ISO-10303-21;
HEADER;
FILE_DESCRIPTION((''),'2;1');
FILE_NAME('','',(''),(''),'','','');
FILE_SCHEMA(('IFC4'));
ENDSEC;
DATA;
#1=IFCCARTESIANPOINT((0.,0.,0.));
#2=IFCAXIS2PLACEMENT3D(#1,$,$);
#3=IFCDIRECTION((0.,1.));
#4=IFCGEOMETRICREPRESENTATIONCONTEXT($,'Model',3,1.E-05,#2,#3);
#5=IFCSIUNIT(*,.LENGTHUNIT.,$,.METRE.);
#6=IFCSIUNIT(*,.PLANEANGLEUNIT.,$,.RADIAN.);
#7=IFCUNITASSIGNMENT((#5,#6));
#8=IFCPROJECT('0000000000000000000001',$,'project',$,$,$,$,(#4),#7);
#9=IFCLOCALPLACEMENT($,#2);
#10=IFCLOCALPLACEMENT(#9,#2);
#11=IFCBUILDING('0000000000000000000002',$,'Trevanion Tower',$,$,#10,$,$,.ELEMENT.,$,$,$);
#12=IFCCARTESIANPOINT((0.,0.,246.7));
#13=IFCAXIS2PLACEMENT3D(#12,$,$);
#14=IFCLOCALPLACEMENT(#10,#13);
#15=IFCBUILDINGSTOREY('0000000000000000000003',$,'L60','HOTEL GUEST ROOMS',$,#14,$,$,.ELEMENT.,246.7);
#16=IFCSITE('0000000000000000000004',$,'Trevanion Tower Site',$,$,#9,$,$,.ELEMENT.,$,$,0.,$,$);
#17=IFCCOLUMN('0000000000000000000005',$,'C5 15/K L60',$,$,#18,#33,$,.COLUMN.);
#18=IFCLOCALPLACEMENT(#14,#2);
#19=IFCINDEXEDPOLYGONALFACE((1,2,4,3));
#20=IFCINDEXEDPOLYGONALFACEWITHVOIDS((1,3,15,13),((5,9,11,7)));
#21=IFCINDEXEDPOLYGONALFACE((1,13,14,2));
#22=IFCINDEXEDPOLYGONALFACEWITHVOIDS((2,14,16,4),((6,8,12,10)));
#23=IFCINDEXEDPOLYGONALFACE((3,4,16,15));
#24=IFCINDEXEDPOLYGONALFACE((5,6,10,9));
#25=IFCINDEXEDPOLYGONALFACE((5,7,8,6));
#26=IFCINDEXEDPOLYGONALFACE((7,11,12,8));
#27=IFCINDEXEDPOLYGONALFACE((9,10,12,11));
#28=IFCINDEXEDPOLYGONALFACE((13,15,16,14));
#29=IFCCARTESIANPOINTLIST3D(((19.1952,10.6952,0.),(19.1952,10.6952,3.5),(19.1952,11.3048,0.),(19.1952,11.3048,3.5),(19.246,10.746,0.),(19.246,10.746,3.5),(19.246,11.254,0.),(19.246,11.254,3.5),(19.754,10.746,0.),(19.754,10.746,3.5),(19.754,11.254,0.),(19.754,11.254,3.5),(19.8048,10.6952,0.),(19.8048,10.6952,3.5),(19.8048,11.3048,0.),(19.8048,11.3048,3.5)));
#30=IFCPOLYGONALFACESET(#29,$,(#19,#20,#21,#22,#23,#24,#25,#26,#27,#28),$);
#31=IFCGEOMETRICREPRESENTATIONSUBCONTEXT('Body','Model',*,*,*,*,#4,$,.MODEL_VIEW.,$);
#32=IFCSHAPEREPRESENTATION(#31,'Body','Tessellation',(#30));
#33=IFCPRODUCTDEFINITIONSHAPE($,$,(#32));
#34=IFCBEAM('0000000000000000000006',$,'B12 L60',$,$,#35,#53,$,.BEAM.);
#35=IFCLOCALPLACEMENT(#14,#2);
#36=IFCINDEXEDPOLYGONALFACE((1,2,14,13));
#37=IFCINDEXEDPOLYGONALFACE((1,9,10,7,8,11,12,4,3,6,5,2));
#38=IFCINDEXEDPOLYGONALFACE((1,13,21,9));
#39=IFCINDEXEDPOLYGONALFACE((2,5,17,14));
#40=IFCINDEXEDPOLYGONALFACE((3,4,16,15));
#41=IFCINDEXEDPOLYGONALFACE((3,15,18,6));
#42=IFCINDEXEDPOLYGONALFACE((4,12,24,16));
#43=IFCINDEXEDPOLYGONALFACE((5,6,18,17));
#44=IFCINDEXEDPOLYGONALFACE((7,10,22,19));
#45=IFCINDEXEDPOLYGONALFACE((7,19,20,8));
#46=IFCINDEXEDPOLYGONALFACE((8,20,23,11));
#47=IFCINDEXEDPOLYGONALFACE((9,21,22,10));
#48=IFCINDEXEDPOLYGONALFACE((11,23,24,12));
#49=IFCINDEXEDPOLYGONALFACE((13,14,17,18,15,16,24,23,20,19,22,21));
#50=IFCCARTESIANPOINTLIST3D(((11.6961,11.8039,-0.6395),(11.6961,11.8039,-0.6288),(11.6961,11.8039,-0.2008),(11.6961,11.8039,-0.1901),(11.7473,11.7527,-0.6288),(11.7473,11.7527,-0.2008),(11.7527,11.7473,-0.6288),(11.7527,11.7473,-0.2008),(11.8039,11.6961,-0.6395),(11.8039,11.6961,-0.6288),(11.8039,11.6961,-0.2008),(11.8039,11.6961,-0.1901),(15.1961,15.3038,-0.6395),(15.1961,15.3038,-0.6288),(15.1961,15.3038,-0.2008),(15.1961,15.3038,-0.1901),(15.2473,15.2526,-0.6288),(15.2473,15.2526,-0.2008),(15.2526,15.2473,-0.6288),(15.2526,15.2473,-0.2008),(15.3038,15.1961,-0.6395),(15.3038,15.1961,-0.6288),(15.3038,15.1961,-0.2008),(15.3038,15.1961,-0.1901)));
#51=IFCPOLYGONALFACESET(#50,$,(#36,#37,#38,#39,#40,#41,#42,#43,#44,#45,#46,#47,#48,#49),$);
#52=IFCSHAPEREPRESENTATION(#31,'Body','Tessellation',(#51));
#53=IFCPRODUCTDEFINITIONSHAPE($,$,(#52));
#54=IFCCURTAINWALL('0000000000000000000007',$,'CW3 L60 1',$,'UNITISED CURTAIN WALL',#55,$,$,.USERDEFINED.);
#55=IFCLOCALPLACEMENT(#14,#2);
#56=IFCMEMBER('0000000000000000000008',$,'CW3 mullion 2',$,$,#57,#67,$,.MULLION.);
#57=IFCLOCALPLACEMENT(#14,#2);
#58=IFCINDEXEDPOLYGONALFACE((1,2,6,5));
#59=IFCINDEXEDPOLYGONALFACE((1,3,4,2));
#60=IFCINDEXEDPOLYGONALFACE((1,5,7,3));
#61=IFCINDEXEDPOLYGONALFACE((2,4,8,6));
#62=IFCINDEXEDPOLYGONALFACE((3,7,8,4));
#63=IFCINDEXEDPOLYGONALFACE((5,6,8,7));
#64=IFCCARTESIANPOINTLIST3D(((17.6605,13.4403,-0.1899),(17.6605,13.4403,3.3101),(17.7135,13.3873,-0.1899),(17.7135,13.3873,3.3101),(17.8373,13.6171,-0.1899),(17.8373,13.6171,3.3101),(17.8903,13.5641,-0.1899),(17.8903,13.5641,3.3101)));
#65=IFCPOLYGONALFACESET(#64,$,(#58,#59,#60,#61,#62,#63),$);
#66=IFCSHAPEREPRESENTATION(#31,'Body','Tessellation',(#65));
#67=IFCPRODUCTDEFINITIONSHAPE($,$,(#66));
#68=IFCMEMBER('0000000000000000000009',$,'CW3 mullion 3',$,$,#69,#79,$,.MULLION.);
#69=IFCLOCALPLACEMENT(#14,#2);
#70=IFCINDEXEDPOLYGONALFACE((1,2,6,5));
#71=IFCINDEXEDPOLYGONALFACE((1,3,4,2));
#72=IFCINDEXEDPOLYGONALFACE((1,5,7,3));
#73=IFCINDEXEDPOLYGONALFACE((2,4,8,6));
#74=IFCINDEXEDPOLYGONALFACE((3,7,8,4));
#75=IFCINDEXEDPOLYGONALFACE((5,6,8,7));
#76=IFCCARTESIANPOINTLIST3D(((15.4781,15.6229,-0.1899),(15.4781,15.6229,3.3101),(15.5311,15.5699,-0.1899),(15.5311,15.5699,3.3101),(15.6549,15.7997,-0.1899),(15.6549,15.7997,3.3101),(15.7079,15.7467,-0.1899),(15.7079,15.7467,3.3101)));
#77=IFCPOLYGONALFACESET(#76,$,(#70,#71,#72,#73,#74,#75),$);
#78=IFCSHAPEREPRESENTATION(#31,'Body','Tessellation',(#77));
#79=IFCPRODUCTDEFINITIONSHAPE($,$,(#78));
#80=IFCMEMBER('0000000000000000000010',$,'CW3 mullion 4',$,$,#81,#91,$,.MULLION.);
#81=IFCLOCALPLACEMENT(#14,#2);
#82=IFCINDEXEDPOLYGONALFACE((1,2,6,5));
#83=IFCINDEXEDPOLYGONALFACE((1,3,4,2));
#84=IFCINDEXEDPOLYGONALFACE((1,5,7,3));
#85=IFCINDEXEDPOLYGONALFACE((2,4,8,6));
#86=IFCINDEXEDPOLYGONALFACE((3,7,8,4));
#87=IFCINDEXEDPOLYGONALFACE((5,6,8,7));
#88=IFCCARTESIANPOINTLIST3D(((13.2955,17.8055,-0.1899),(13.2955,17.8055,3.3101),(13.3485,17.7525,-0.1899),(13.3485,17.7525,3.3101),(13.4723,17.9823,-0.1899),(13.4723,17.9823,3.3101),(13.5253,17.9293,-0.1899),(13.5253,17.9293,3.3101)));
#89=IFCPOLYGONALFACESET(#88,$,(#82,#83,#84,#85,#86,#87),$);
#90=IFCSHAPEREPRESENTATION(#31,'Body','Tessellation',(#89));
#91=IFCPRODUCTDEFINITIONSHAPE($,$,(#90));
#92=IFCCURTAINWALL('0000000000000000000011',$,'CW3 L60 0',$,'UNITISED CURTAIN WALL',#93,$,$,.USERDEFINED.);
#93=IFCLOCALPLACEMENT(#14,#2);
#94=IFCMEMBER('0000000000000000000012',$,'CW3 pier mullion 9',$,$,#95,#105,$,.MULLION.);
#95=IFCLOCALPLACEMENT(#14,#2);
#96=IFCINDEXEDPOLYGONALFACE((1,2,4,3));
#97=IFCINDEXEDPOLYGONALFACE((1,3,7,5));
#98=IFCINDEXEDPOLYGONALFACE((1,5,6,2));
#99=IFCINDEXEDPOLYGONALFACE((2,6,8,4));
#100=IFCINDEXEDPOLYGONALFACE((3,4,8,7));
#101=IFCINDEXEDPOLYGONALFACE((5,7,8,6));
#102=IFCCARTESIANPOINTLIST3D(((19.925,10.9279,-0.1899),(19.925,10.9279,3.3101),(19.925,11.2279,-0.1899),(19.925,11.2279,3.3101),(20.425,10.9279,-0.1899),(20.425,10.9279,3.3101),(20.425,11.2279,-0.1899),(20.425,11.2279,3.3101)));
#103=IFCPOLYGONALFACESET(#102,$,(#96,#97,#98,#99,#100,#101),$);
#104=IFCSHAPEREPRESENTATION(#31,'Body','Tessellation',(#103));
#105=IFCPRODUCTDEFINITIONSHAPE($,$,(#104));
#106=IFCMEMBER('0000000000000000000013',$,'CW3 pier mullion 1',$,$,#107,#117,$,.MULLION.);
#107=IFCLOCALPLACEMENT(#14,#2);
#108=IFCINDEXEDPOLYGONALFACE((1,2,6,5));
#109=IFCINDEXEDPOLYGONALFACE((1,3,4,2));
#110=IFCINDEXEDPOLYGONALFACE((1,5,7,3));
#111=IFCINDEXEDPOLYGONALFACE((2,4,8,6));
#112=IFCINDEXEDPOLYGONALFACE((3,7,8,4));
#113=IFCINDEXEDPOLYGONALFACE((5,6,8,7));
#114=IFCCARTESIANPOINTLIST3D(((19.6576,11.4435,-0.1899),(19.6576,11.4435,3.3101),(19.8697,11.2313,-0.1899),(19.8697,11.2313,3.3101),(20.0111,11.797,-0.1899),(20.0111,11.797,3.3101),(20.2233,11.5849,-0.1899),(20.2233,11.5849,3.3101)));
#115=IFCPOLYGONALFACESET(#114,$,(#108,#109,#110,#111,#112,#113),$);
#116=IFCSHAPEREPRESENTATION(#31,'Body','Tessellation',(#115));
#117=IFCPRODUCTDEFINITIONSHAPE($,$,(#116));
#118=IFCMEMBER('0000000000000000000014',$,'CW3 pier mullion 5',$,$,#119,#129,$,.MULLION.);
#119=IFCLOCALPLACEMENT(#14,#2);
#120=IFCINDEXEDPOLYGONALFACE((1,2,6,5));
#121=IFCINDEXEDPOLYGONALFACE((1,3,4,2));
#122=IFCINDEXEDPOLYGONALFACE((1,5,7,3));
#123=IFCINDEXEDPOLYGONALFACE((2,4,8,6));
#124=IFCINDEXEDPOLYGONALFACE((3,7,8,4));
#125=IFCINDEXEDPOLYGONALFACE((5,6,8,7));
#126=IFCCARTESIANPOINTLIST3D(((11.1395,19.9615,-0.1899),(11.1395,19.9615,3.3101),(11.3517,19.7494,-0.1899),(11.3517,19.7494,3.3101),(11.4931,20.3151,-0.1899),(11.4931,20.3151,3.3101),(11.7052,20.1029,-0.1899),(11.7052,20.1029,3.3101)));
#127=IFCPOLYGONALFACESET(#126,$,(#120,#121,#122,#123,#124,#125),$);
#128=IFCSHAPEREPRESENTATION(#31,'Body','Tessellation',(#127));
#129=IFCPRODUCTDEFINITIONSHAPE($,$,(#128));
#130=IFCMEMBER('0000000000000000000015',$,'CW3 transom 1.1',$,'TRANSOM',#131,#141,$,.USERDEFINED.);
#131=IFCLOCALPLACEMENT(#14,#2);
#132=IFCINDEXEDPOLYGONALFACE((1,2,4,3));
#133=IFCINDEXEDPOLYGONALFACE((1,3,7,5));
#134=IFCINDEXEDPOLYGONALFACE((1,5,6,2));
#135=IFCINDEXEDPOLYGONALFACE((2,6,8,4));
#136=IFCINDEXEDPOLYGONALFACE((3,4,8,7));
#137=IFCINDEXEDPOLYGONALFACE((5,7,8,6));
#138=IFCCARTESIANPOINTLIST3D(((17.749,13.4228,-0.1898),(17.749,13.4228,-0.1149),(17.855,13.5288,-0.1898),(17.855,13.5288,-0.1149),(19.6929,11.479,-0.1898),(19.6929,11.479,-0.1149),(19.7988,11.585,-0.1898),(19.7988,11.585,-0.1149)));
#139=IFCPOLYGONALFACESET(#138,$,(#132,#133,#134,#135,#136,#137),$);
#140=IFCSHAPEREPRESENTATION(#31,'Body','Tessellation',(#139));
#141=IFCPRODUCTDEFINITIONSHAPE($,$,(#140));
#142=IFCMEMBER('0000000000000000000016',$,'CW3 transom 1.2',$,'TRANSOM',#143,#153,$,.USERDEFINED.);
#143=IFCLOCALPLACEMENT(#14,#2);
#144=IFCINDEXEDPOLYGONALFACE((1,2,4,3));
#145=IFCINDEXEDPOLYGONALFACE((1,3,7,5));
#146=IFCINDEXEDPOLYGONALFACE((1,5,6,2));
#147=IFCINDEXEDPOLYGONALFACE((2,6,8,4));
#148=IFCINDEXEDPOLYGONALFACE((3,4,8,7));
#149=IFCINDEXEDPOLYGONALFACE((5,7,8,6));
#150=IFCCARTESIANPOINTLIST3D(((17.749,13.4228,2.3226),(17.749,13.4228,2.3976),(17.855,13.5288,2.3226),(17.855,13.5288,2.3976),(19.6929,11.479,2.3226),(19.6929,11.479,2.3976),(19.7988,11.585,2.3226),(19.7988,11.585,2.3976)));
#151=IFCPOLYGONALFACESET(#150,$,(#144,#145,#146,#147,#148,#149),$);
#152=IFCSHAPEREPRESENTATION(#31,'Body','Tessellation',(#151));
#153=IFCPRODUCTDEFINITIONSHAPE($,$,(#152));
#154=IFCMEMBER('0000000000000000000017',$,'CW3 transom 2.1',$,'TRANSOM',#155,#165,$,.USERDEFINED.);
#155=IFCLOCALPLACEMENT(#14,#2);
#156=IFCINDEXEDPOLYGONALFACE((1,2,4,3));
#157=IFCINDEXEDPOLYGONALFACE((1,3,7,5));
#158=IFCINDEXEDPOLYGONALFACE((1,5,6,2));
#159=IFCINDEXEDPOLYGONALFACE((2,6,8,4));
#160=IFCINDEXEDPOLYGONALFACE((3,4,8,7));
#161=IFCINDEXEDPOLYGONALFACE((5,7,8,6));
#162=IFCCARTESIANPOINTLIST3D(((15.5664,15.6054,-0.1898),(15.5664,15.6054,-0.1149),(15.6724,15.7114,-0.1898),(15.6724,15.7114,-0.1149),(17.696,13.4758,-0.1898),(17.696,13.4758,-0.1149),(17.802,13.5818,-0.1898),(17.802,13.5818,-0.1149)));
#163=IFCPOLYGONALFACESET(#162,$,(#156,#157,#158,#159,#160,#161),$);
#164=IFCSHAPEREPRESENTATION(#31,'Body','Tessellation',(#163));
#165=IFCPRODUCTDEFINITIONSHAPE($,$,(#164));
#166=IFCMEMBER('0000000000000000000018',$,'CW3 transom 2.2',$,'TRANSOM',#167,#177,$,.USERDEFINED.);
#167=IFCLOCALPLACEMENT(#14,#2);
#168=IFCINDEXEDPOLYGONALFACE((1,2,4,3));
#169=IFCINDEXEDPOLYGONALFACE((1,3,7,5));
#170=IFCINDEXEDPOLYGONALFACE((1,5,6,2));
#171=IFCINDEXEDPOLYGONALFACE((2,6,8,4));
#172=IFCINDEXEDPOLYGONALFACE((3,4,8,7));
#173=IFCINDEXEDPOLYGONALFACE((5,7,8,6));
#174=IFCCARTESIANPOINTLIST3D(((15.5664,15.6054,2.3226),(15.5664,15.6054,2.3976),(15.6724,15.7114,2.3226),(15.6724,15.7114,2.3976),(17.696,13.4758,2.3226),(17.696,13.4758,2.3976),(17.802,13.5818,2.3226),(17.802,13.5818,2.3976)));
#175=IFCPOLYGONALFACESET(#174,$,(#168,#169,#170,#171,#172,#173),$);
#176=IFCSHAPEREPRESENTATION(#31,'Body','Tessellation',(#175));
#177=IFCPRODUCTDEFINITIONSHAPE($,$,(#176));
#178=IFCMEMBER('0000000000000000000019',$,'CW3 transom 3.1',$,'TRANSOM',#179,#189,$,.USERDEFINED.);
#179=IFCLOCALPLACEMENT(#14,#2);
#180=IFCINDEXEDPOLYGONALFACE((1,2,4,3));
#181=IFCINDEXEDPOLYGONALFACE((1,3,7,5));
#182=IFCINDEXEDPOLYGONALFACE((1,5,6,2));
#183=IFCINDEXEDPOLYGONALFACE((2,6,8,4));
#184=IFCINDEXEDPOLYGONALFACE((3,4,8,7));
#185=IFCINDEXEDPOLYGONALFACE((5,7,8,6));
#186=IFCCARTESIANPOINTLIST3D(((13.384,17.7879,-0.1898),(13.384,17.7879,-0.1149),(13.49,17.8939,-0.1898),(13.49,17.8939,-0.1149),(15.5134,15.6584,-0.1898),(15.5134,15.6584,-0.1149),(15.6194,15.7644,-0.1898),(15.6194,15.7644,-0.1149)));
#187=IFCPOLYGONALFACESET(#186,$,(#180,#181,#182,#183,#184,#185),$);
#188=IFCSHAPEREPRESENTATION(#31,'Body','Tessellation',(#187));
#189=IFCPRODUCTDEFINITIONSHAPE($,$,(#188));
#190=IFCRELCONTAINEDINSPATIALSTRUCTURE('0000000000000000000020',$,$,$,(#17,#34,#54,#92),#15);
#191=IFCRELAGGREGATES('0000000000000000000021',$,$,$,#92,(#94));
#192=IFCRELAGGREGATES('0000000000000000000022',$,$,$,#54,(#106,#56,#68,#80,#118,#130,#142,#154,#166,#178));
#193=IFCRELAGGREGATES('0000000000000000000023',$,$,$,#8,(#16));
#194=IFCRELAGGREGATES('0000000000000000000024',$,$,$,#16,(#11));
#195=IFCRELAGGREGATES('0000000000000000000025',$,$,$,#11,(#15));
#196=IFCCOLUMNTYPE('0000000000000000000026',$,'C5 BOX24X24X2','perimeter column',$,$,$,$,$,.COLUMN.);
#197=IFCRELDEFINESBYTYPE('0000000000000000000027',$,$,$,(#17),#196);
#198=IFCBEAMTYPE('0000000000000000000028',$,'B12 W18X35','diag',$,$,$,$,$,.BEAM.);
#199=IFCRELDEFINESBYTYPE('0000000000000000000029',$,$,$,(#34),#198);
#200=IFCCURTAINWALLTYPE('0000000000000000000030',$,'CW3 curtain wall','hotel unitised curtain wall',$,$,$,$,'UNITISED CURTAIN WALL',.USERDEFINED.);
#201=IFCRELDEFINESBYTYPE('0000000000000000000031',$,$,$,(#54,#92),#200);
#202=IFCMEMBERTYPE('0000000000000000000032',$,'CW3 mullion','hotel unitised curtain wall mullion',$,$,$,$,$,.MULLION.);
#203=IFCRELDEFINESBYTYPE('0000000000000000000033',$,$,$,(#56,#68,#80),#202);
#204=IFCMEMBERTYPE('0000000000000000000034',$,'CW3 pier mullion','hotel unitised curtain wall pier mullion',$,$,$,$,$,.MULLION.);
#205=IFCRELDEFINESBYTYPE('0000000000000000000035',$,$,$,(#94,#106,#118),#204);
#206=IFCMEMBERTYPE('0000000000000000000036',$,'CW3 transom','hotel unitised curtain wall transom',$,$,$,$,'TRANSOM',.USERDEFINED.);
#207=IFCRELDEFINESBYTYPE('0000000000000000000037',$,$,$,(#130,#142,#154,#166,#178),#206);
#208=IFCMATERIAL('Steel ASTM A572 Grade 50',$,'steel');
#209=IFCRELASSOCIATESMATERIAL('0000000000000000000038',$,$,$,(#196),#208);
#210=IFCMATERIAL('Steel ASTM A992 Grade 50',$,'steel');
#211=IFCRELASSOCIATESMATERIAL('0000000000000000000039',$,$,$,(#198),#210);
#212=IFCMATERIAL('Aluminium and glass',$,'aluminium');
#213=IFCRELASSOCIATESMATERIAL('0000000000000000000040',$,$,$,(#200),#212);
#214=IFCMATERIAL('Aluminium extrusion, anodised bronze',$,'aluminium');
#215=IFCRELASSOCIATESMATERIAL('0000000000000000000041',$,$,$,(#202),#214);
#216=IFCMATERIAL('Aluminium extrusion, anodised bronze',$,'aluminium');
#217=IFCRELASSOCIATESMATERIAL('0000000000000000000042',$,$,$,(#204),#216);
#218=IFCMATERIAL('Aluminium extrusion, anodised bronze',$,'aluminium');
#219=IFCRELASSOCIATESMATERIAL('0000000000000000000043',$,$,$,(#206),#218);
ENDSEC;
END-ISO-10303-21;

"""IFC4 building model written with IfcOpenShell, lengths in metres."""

from ifc_helpers import new_model, si_unit, direction, frame, origin, origin_2d, place, context, subcontext, project, spatial, rectangle, hollow_rectangle, i_section, extrude, material, material_profile, profile_set, type_object, element, aggregate, save


model = new_model("IFC4")

# Units and contexts
model_context = context("Model", 3, precision=1e-05, world=origin(), true_north=direction((0.0, 1.0)))
body_context = subcontext(model_context, "Body", "Model", "MODEL_VIEW")
ifc_project = project(units=[si_unit("LENGTHUNIT", "METRE"), si_unit("PLANEANGLEUNIT", "RADIAN")], contexts=[model_context])

# Site, building, storey
site_placement = place(None, origin())
site = spatial("IfcSite", under=ifc_project, at=site_placement, Name="Trevanion Tower Site", CompositionType="ELEMENT", RefElevation=0.0)
building_placement = place(site_placement, origin())
building = spatial("IfcBuilding", under=site, at=building_placement, Name="Trevanion Tower", CompositionType="ELEMENT")
storey_placement = place(building_placement, frame((0.0, 0.0, 246.7)))
storey = spatial("IfcBuildingStorey", under=building, at=storey_placement, Name="L60", Description="HOTEL GUEST ROOMS", CompositionType="ELEMENT", Elevation=246.7)

# Column
ifc_material_1 = material(Name="Steel ASTM A572 Grade 50", Category="steel")
ifc_material_profile_1 = material_profile(ifc_material_1, hollow_rectangle(XDim=0.6096, YDim=0.6096, WallThickness=0.0508, at=origin_2d()), Name="BOX24X24X2")
ifc_profile_set_1 = profile_set([ifc_material_profile_1], Name="Steel ASTM A572 Grade 50")
column_type = type_object("IfcColumnType", Name="C5 BOX24X24X2", Description="perimeter column", PredefinedType="COLUMN", material=ifc_profile_set_1)
column_placement = place(storey_placement, frame((19.5, 11.0, 0.0), z_axis=(0.0, 0.0, 1.0), x_axis=(0.0, 1.0, 0.0)))
element("IfcColumn", 1, at=column_placement, inside=storey, type_object=column_type, Name="C5 15/K L60", PredefinedType="COLUMN", context=body_context, shape_type="SweptSolid", body=[
    extrude(hollow_rectangle(XDim=0.6096, YDim=0.6096, WallThickness=0.0508, at=origin_2d()), origin(), (0.0, 0.0, 1.0), 3.5),
])

# Beam
ifc_material_2 = material(Name="Steel ASTM A992 Grade 50", Category="steel")
ifc_material_profile_2 = material_profile(ifc_material_2, i_section(OverallWidth=0.1523, OverallDepth=0.4495, WebThickness=0.0076, FlangeThickness=0.0107, at=origin_2d()), Name="W18X35")
ifc_profile_set_2 = profile_set([ifc_material_profile_2], Name="Steel ASTM A992 Grade 50")
beam_type_1 = type_object("IfcBeamType", Name="B12 W18X35", Description="diag", PredefinedType="BEAM", material=ifc_profile_set_2)
beam_1_placement = place(storey_placement, frame((11.75, 11.75, -0.4148), z_axis=(0.707107, 0.707107, 0.0), x_axis=(-0.707107, 0.707107, 0.0)))
element("IfcBeam", 2, at=beam_1_placement, inside=storey, type_object=beam_type_1, Name="B12 L60", PredefinedType="BEAM", context=body_context, shape_type="SweptSolid", body=[
    extrude(i_section(OverallWidth=0.1523, OverallDepth=0.4495, WebThickness=0.0076, FlangeThickness=0.0107, at=origin_2d()), origin(), (0.0, 0.0, 1.0), 4.9497),
])

# Curtain wall, members
ifc_material_3 = material(Name="Aluminium and glass", Category="aluminium")
curtain_wall_type = type_object("IfcCurtainWallType", Name="CW3 curtain wall", Description="hotel unitised curtain wall", ElementType="UNITISED CURTAIN WALL", PredefinedType="USERDEFINED", material=ifc_material_3)
curtain_wall_1_placement = place(storey_placement, origin())
curtain_wall_1 = element("IfcCurtainWall", 3, at=curtain_wall_1_placement, inside=storey, type_object=curtain_wall_type, Name="CW3 L60 1", ObjectType="UNITISED CURTAIN WALL", PredefinedType="USERDEFINED")
ifc_material_4 = material(Name="Aluminium extrusion, anodised bronze", Category="aluminium")
ifc_material_profile_3 = material_profile(ifc_material_4, rectangle(XDim=0.075, YDim=0.25, at=origin_2d()), Name="CW3 mullion")
ifc_profile_set_3 = profile_set([ifc_material_profile_3], Name="Aluminium extrusion, anodised bronze")
member_type_1 = type_object("IfcMemberType", Name="CW3 mullion", Description="hotel unitised curtain wall mullion", PredefinedType="MULLION", material=ifc_profile_set_3)
member_1_placement = place(storey_placement, frame((17.7754, 13.5022, -0.1899), z_axis=(0.0, 0.0, 1.0), x_axis=(-0.707107, 0.707107, 0.0)))
member_1 = element("IfcMember", 4, at=member_1_placement, type_object=member_type_1, Name="CW3 mullion 2", PredefinedType="MULLION", context=body_context, shape_type="SweptSolid", body=[
    extrude(rectangle(XDim=0.075, YDim=0.25, at=origin_2d()), origin(), (0.0, 0.0, 1.0), 3.5),
])
member_2_placement = place(storey_placement, frame((15.593, 15.6848, -0.1899), z_axis=(0.0, 0.0, 1.0), x_axis=(-0.707107, 0.707107, 0.0)))
member_2 = element("IfcMember", 5, at=member_2_placement, type_object=member_type_1, Name="CW3 mullion 3", PredefinedType="MULLION", context=body_context, shape_type="SweptSolid", body=[
    extrude(rectangle(XDim=0.075, YDim=0.25, at=origin_2d()), origin(), (0.0, 0.0, 1.0), 3.5),
])
member_3_placement = place(storey_placement, frame((13.4104, 17.8674, -0.1899), z_axis=(0.0, 0.0, 1.0), x_axis=(-0.707107, 0.707107, 0.0)))
member_3 = element("IfcMember", 6, at=member_3_placement, type_object=member_type_1, Name="CW3 mullion 4", PredefinedType="MULLION", context=body_context, shape_type="SweptSolid", body=[
    extrude(rectangle(XDim=0.075, YDim=0.25, at=origin_2d()), origin(), (0.0, 0.0, 1.0), 3.5),
])

# Curtain wall, member
curtain_wall_2_placement = place(storey_placement, origin())
curtain_wall_2 = element("IfcCurtainWall", 7, at=curtain_wall_2_placement, inside=storey, type_object=curtain_wall_type, Name="CW3 L60 0", ObjectType="UNITISED CURTAIN WALL", PredefinedType="USERDEFINED")
ifc_material_5 = material(Name="Aluminium extrusion, anodised bronze", Category="aluminium")
ifc_material_profile_4 = material_profile(ifc_material_5, rectangle(XDim=0.3, YDim=0.5, at=origin_2d()), Name="CW3 pier mullion")
ifc_profile_set_4 = profile_set([ifc_material_profile_4], Name="Aluminium extrusion, anodised bronze")
member_type_2 = type_object("IfcMemberType", Name="CW3 pier mullion", Description="hotel unitised curtain wall pier mullion", PredefinedType="MULLION", material=ifc_profile_set_4)
member_4_placement = place(storey_placement, frame((20.175, 11.0779, -0.1899), z_axis=(0.0, 0.0, 1.0), x_axis=(0.0, 1.0, 0.0)))
member_4 = element("IfcMember", 8, at=member_4_placement, type_object=member_type_2, Name="CW3 pier mullion 9", PredefinedType="MULLION", context=body_context, shape_type="SweptSolid", body=[
    extrude(rectangle(XDim=0.3, YDim=0.5, at=origin_2d()), origin(), (0.0, 0.0, 1.0), 3.5),
])

# Members
member_5_placement = place(storey_placement, frame((19.9404, 11.5142, -0.1899), z_axis=(0.0, 0.0, 1.0), x_axis=(-0.707107, 0.707107, 0.0)))
member_5 = element("IfcMember", 9, at=member_5_placement, type_object=member_type_2, Name="CW3 pier mullion 1", PredefinedType="MULLION", context=body_context, shape_type="SweptSolid", body=[
    extrude(rectangle(XDim=0.3, YDim=0.5, at=origin_2d()), origin(), (0.0, 0.0, 1.0), 3.5),
])
member_6_placement = place(storey_placement, frame((11.4224, 20.0322, -0.1899), z_axis=(0.0, 0.0, 1.0), x_axis=(-0.707107, 0.707107, 0.0)))
member_6 = element("IfcMember", 10, at=member_6_placement, type_object=member_type_2, Name="CW3 pier mullion 5", PredefinedType="MULLION", context=body_context, shape_type="SweptSolid", body=[
    extrude(rectangle(XDim=0.3, YDim=0.5, at=origin_2d()), origin(), (0.0, 0.0, 1.0), 3.5),
])
ifc_material_6 = material(Name="Aluminium extrusion, anodised bronze", Category="aluminium")
ifc_material_profile_5 = material_profile(ifc_material_6, rectangle(XDim=0.1499, YDim=0.075, at=origin_2d()), Name="CW3 transom")
ifc_profile_set_5 = profile_set([ifc_material_profile_5], Name="Aluminium extrusion, anodised bronze")
member_type_3 = type_object("IfcMemberType", Name="CW3 transom", Description="hotel unitised curtain wall transom", ElementType="TRANSOM", PredefinedType="USERDEFINED", material=ifc_profile_set_5)
member_7_placement = place(storey_placement, frame((19.7458, 11.532, -0.1523), z_axis=(-0.707107, 0.707107, 0.0), x_axis=(-0.707107, -0.707107, 0.0)))
member_7 = element("IfcMember", 11, at=member_7_placement, type_object=member_type_3, Name="CW3 transom 1.1", ObjectType="TRANSOM", PredefinedType="USERDEFINED", context=body_context, shape_type="SweptSolid", body=[
    extrude(rectangle(XDim=0.1499, YDim=0.075, at=origin_2d()), origin(), (0.0, 0.0, 1.0), 2.749),
])
member_8_placement = place(storey_placement, frame((19.7458, 11.532, 2.3601), z_axis=(-0.707107, 0.707107, 0.0), x_axis=(-0.707107, -0.707107, 0.0)))
member_8 = element("IfcMember", 12, at=member_8_placement, type_object=member_type_3, Name="CW3 transom 1.2", ObjectType="TRANSOM", PredefinedType="USERDEFINED", context=body_context, shape_type="SweptSolid", body=[
    extrude(rectangle(XDim=0.1499, YDim=0.075, at=origin_2d()), origin(), (0.0, 0.0, 1.0), 2.749),
])
member_9_placement = place(storey_placement, frame((17.749, 13.5288, -0.1523), z_axis=(-0.707107, 0.707107, 0.0), x_axis=(-0.707107, -0.707107, 0.0)))
member_9 = element("IfcMember", 13, at=member_9_placement, type_object=member_type_3, Name="CW3 transom 2.1", ObjectType="TRANSOM", PredefinedType="USERDEFINED", context=body_context, shape_type="SweptSolid", body=[
    extrude(rectangle(XDim=0.1499, YDim=0.075, at=origin_2d()), origin(), (0.0, 0.0, 1.0), 3.0117),
])
member_10_placement = place(storey_placement, frame((17.749, 13.5288, 2.3601), z_axis=(-0.707107, 0.707107, 0.0), x_axis=(-0.707107, -0.707107, 0.0)))
member_10 = element("IfcMember", 14, at=member_10_placement, type_object=member_type_3, Name="CW3 transom 2.2", ObjectType="TRANSOM", PredefinedType="USERDEFINED", context=body_context, shape_type="SweptSolid", body=[
    extrude(rectangle(XDim=0.1499, YDim=0.075, at=origin_2d()), origin(), (0.0, 0.0, 1.0), 3.0117),
])
member_11_placement = place(storey_placement, frame((15.5664, 15.7114, -0.1523), z_axis=(-0.707107, 0.707107, 0.0), x_axis=(-0.707107, -0.707107, 0.0)))
member_11 = element("IfcMember", 15, at=member_11_placement, type_object=member_type_3, Name="CW3 transom 3.1", ObjectType="TRANSOM", PredefinedType="USERDEFINED", context=body_context, shape_type="SweptSolid", body=[
    extrude(rectangle(XDim=0.1499, YDim=0.075, at=origin_2d()), origin(), (0.0, 0.0, 1.0), 3.0115),
])

aggregate(curtain_wall_2, [member_4])
aggregate(curtain_wall_1, [member_5, member_1, member_2, member_3, member_6, member_7, member_8, member_9, member_10, member_11])

save(model, "model.ifc")
